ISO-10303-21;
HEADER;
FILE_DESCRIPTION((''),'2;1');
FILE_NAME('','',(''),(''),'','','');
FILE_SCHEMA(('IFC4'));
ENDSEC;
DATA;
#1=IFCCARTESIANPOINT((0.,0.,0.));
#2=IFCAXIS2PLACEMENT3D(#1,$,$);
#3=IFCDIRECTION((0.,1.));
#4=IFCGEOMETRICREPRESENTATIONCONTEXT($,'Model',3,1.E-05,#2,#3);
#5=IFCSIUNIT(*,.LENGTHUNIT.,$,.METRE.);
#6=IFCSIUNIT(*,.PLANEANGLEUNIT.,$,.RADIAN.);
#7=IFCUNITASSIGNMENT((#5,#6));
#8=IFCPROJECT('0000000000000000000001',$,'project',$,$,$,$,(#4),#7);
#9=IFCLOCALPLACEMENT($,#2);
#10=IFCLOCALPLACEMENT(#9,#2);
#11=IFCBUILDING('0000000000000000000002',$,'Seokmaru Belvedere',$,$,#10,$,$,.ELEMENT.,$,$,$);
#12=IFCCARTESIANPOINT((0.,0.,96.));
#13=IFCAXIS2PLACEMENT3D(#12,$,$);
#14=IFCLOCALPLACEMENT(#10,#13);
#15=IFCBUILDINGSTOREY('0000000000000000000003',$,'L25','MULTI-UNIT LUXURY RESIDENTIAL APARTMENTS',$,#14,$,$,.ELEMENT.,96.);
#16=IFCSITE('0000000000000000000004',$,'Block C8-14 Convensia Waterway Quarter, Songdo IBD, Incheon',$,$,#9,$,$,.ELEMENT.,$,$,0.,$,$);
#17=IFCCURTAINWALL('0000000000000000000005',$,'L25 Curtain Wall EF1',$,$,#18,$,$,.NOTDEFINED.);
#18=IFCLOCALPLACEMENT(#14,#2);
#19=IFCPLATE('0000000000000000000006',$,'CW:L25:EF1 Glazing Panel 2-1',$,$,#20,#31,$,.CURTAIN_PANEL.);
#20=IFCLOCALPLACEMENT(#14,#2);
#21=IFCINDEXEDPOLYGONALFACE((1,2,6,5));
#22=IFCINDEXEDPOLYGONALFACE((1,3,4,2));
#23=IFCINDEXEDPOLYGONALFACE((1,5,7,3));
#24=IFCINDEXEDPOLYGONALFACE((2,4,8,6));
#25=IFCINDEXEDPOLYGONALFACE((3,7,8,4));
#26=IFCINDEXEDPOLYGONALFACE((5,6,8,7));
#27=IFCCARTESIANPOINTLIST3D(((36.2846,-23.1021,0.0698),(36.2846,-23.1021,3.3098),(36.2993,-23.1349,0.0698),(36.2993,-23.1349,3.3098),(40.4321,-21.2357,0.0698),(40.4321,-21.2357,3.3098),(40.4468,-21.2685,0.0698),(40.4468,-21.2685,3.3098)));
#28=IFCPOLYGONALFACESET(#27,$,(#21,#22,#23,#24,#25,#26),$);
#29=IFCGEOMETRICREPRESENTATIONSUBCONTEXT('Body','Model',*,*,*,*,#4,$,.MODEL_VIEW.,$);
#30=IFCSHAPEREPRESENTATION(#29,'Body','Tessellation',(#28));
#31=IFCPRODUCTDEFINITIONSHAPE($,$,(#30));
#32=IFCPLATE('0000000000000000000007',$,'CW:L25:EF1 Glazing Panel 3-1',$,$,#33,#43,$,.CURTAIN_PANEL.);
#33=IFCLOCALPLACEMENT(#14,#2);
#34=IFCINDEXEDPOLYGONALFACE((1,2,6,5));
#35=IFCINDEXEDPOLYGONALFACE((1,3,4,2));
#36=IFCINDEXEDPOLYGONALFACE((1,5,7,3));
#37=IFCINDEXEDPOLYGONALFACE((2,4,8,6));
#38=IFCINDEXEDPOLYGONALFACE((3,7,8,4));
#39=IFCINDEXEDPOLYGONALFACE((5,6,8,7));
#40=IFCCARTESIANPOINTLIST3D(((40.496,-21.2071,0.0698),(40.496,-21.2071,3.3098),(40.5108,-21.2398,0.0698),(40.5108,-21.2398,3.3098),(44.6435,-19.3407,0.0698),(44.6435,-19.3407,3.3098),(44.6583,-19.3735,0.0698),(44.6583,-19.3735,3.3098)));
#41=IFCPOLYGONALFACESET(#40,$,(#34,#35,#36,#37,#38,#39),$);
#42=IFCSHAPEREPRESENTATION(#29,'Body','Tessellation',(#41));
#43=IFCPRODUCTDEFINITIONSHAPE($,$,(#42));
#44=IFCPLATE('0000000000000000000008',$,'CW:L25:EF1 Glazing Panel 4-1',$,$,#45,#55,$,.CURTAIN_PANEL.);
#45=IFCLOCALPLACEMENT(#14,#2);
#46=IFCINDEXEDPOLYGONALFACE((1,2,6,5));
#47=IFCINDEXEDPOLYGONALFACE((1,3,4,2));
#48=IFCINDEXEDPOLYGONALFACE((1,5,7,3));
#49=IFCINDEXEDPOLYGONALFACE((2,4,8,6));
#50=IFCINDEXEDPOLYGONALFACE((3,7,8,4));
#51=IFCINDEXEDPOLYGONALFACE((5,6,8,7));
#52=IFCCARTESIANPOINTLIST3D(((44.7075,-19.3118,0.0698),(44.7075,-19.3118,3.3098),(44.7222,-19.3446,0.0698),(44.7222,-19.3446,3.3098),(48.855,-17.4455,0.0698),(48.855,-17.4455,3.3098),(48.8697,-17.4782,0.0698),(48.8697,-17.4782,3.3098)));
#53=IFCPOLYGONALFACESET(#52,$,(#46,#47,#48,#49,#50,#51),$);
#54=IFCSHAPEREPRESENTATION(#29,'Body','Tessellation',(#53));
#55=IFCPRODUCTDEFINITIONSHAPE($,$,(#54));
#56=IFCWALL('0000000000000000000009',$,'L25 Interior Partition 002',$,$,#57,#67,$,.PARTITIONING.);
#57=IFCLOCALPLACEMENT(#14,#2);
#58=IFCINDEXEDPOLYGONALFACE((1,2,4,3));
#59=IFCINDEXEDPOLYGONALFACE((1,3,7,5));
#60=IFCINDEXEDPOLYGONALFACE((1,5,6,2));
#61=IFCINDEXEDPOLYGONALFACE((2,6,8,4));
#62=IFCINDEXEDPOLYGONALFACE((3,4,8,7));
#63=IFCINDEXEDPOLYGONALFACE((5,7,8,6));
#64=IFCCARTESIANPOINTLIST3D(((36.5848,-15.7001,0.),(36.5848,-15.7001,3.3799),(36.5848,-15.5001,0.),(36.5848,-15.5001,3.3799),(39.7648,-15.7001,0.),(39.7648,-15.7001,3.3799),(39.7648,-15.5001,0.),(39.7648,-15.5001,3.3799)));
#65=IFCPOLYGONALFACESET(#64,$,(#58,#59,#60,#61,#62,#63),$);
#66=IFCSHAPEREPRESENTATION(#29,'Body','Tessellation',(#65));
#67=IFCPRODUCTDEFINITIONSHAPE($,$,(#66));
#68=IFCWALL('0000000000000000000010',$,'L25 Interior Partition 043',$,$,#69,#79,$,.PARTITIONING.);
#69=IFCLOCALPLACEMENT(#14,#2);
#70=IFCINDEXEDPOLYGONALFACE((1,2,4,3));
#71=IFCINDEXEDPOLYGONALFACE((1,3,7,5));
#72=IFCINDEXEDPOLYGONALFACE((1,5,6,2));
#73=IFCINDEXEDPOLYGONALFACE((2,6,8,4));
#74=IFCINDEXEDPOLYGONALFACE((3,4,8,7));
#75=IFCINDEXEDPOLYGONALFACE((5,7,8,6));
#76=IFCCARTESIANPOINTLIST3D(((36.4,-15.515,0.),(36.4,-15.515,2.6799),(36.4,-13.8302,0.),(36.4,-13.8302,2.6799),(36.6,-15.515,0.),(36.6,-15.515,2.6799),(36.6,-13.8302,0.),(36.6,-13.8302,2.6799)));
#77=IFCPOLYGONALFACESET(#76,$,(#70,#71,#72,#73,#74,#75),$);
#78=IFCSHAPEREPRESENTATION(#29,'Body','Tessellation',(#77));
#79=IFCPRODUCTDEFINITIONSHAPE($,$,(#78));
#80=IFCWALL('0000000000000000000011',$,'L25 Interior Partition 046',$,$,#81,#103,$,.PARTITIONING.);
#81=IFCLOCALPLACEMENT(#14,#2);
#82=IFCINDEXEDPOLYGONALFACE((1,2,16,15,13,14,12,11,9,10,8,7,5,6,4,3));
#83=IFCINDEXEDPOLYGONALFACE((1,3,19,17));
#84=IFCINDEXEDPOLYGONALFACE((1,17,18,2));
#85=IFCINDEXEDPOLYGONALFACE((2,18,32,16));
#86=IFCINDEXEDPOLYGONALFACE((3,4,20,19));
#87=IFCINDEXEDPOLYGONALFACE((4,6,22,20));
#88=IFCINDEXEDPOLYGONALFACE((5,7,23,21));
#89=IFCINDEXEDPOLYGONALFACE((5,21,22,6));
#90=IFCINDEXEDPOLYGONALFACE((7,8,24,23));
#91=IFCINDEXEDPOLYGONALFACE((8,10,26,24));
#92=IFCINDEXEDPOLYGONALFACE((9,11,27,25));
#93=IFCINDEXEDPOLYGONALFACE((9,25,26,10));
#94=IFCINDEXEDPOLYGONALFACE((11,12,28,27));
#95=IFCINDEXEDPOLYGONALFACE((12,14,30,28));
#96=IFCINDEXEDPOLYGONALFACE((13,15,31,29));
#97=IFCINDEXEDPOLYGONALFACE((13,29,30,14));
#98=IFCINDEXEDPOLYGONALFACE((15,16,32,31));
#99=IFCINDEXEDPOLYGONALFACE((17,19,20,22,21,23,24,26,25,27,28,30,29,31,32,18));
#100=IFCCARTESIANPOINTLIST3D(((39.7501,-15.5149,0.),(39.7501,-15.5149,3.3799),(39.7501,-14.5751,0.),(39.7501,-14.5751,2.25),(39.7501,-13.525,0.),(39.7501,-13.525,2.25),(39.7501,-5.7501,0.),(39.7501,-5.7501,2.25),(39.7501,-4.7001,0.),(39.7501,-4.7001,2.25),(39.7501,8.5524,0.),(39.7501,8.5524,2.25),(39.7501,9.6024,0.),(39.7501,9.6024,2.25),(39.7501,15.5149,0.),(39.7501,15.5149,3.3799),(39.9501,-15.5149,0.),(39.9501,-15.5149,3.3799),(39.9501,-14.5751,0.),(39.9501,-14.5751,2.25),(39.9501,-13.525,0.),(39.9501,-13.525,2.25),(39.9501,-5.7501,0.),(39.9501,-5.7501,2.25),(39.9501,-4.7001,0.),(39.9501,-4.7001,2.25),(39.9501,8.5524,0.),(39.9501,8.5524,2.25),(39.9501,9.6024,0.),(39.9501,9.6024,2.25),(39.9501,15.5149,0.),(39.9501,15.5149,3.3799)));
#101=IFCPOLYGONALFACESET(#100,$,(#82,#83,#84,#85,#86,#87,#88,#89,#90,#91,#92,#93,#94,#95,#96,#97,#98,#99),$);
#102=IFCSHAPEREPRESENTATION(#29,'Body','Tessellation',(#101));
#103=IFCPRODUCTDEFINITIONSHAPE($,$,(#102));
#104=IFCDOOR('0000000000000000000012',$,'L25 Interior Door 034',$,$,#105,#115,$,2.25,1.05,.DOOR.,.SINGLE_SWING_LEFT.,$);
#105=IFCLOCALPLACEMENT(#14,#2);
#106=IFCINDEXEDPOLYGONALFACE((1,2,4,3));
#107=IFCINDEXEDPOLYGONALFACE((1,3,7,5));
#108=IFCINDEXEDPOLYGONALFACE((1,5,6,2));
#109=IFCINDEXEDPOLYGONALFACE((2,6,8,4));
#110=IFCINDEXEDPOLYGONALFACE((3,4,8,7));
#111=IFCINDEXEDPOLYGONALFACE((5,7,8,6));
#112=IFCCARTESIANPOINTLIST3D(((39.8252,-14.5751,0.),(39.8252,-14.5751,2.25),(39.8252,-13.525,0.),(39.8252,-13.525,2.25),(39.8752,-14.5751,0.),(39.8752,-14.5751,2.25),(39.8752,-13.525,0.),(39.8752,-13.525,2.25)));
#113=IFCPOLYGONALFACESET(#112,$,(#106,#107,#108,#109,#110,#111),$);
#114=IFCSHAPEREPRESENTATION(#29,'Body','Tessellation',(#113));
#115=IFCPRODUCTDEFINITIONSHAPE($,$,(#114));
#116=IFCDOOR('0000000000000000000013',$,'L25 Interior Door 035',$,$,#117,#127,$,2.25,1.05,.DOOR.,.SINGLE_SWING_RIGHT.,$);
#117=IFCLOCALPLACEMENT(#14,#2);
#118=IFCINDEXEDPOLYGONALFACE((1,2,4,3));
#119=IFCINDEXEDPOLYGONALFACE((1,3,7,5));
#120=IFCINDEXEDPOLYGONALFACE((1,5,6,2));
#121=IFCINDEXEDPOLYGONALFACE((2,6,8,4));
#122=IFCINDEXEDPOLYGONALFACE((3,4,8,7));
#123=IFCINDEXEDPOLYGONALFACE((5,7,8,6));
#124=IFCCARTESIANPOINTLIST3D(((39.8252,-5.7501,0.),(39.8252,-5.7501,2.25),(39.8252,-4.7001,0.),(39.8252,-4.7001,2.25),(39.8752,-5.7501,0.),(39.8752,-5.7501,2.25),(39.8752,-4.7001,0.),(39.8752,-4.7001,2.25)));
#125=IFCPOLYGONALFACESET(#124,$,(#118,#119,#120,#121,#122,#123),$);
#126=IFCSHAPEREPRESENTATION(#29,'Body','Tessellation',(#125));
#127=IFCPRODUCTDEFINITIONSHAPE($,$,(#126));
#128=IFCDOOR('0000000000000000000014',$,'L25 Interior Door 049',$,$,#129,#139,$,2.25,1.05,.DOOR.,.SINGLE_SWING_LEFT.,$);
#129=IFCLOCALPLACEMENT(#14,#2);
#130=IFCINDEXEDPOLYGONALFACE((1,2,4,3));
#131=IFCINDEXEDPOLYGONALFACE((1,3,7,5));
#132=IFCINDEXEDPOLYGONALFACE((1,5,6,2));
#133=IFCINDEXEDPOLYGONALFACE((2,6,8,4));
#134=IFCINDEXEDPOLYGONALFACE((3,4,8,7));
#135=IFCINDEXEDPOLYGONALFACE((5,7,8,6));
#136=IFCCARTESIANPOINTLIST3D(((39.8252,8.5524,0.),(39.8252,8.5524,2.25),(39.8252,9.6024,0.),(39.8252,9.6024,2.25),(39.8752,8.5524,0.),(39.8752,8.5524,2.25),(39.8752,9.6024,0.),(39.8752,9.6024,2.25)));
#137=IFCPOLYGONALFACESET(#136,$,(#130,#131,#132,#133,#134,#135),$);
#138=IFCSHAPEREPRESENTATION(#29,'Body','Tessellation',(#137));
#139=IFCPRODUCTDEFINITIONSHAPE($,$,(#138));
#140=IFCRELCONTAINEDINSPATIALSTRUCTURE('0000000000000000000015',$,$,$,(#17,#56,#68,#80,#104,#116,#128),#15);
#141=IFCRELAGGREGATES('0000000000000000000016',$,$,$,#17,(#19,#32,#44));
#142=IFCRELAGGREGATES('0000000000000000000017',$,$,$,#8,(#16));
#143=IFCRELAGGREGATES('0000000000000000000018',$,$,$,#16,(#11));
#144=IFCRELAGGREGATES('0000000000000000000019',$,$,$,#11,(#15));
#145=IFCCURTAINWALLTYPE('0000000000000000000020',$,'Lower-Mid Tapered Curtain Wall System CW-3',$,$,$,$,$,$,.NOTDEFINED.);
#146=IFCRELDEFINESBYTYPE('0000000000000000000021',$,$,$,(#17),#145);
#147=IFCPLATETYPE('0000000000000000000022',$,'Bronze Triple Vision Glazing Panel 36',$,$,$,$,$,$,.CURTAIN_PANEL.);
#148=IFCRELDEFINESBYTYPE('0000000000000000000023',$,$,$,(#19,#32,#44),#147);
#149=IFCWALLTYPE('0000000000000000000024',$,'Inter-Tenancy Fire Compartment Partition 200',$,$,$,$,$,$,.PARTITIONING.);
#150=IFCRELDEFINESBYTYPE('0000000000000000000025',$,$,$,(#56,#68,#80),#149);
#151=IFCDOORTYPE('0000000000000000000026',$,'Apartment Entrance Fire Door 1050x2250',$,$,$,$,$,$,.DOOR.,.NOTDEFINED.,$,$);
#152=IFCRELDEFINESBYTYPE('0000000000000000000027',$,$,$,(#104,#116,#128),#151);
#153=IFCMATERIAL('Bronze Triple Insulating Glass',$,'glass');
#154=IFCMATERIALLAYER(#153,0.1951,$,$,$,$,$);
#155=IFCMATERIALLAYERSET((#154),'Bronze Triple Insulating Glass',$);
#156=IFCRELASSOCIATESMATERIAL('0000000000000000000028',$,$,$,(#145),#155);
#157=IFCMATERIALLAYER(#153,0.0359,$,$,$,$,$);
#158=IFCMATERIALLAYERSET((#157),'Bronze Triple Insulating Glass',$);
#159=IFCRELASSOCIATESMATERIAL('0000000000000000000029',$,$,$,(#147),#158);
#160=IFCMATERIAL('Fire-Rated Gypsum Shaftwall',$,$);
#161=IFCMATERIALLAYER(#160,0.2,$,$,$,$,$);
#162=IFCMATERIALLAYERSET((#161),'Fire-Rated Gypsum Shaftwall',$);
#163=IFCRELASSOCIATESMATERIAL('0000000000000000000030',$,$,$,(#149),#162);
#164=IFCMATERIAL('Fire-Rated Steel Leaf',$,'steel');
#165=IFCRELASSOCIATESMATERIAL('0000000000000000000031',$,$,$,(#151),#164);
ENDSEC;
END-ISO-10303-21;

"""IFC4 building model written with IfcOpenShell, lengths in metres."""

from ifc_helpers import new_model, si_unit, direction, frame, frame_2d, origin, origin_2d, place, context, subcontext, project, spatial, rectangle, extrude, source, transform, mapped, material, layer, layer_set, type_object, type_shapes, element, fill, aggregate, save


model = new_model("IFC4")

# Units and contexts
model_context = context("Model", 3, precision=1e-05, world=origin(), true_north=direction((0.0, 1.0)))
body_context = subcontext(model_context, "Body", "Model", "MODEL_VIEW")
ifc_project = project(units=[si_unit("LENGTHUNIT", "METRE"), si_unit("PLANEANGLEUNIT", "RADIAN")], contexts=[model_context])

# Site, building, storey
site_placement = place(None, origin())
site = spatial("IfcSite", under=ifc_project, at=site_placement, Name="Block C8-14 Convensia Waterway Quarter, Songdo IBD, Incheon", CompositionType="ELEMENT", RefElevation=0.0)
building_placement = place(site_placement, origin())
building = spatial("IfcBuilding", under=site, at=building_placement, Name="Seokmaru Belvedere", CompositionType="ELEMENT")
storey_placement = place(building_placement, frame((0.0, 0.0, 96.0)))
storey = spatial("IfcBuildingStorey", under=building, at=storey_placement, Name="L25", Description="MULTI-UNIT LUXURY RESIDENTIAL APARTMENTS", CompositionType="ELEMENT", Elevation=96.0)

# Curtain wall, plates
ifc_material_1 = material(Name="Bronze Triple Insulating Glass", Category="glass")
ifc_layer_1 = layer(ifc_material_1, 0.1951)
ifc_layer_set_1 = layer_set([ifc_layer_1], Name="Bronze Triple Insulating Glass")
curtain_wall_type = type_object("IfcCurtainWallType", Name="Lower-Mid Tapered Curtain Wall System CW-3", PredefinedType="NOTDEFINED", material=ifc_layer_set_1)
curtain_wall_placement = place(storey_placement, origin())
curtain_wall = element("IfcCurtainWall", 1, at=curtain_wall_placement, inside=storey, type_object=curtain_wall_type, Name="L25 Curtain Wall EF1", PredefinedType="NOTDEFINED")
ifc_layer_2 = layer(ifc_material_1, 0.0359)
ifc_layer_set_2 = layer_set([ifc_layer_2], Name="Bronze Triple Insulating Glass")
plate_type = type_object("IfcPlateType", Name="Bronze Triple Vision Glazing Panel 36", PredefinedType="CURTAIN_PANEL", material=ifc_layer_set_2)
shared_shape_1 = source(origin(), body_context, "Body", "SweptSolid", [
    extrude(rectangle(XDim=4.5481, YDim=0.0359, at=origin_2d()), origin(), (0.0, 0.0, 1.0), 3.24),
])
type_shapes(plate_type, [shared_shape_1])
plate_1_placement = place(storey_placement, frame((38.3657, -22.1853, 0.0698), z_axis=(0.0, 0.0, 1.0), x_axis=(0.911921, 0.410366, 0.0)))
plate_1 = element("IfcPlate", 2, at=plate_1_placement, type_object=plate_type, Name="CW:L25:EF1 Glazing Panel 2-1", PredefinedType="CURTAIN_PANEL", context=body_context, shape_type="MappedRepresentation", body=[
    mapped(shared_shape_1, transform((0.0, 0.0, 0.0), scale=1.0)),
])
plate_2_placement = place(storey_placement, frame((42.5771, -20.2903, 0.0698), z_axis=(0.0, 0.0, 1.0), x_axis=(0.911921, 0.410366, 0.0)))
plate_2 = element("IfcPlate", 3, at=plate_2_placement, type_object=plate_type, Name="CW:L25:EF1 Glazing Panel 3-1", PredefinedType="CURTAIN_PANEL", context=body_context, shape_type="MappedRepresentation", body=[
    mapped(shared_shape_1, transform((0.0, 0.0, 0.0), scale=1.0)),
])
plate_3_placement = place(storey_placement, frame((46.7886, -18.395, 0.0698), z_axis=(0.0, 0.0, 1.0), x_axis=(0.911921, 0.410366, 0.0)))
plate_3 = element("IfcPlate", 4, at=plate_3_placement, type_object=plate_type, Name="CW:L25:EF1 Glazing Panel 4-1", PredefinedType="CURTAIN_PANEL", context=body_context, shape_type="MappedRepresentation", body=[
    mapped(shared_shape_1, transform((0.0, 0.0, 0.0), scale=1.0)),
])
aggregate(curtain_wall, [plate_1, plate_2, plate_3])

# Walls
ifc_material_2 = material(Name="Fire-Rated Gypsum Shaftwall")
ifc_layer_3 = layer(ifc_material_2, 0.2)
ifc_layer_set_3 = layer_set([ifc_layer_3], Name="Fire-Rated Gypsum Shaftwall")
wall_type = type_object("IfcWallType", Name="Inter-Tenancy Fire Compartment Partition 200", PredefinedType="PARTITIONING", material=ifc_layer_set_3)
wall_1_placement = place(storey_placement, frame((36.585, -15.6001, 0.0), z_axis=(0.0, 0.0, 1.0), x_axis=(1.0, 0.0, 0.0)))
element("IfcWall", 5, at=wall_1_placement, inside=storey, type_object=wall_type, Name="L25 Interior Partition 002", PredefinedType="PARTITIONING", context=body_context, shape_type="SweptSolid", body=[
    extrude(rectangle(XDim=3.1799, YDim=0.2, at=frame_2d((1.5898, 0.0))), origin(), (0.0, 0.0, 1.0), 3.3799),
])
wall_2_placement = place(storey_placement, frame((36.5, -15.5149, 0.0), z_axis=(0.0, 0.0, 1.0), x_axis=(0.0, 1.0, 0.0)))
element("IfcWall", 6, at=wall_2_placement, inside=storey, type_object=wall_type, Name="L25 Interior Partition 043", PredefinedType="PARTITIONING", context=body_context, shape_type="SweptSolid", body=[
    extrude(rectangle(XDim=1.6848, YDim=0.2, at=frame_2d((0.8423, 0.0))), origin(), (0.0, 0.0, 1.0), 2.6799),
])

# Wall, openings, doors
wall_3_placement = place(storey_placement, frame((39.8501, -15.5149, 0.0), z_axis=(0.0, 0.0, 1.0), x_axis=(0.0, 1.0, 0.0)))
wall_3 = element("IfcWall", 7, at=wall_3_placement, inside=storey, type_object=wall_type, Name="L25 Interior Partition 046", PredefinedType="PARTITIONING", context=body_context, shape_type="SweptSolid", body=[
    extrude(rectangle(XDim=31.0298, YDim=0.2, at=frame_2d((15.5149, 0.0))), origin(), (0.0, 0.0, 1.0), 3.3799),
])
opening_1_placement = place(wall_3_placement, frame((0.9399, 0.0, 0.0)))
opening_1 = element("IfcOpeningElement", 8, at=opening_1_placement, cuts=wall_3, PredefinedType="OPENING", context=body_context, shape_type="SweptSolid", body=[
    extrude(rectangle(XDim=1.05, YDim=2.25, at=frame_2d((0.5249, 1.125))), frame((0.0, 0.1099, 0.0), z_axis=(0.0, -1.0, 0.0), x_axis=(1.0, 0.0, 0.0)), (0.0, 0.0, 1.0), 0.22),
])
opening_2_placement = place(wall_3_placement, frame((9.7649, 0.0, 0.0)))
opening_2 = element("IfcOpeningElement", 9, at=opening_2_placement, cuts=wall_3, PredefinedType="OPENING", context=body_context, shape_type="SweptSolid", body=[
    extrude(rectangle(XDim=1.05, YDim=2.25, at=frame_2d((0.5249, 1.125))), frame((0.0, 0.1099, 0.0), z_axis=(0.0, -1.0, 0.0), x_axis=(1.0, 0.0, 0.0)), (0.0, 0.0, 1.0), 0.22),
])
opening_3_placement = place(wall_3_placement, frame((24.0674, 0.0, 0.0)))
opening_3 = element("IfcOpeningElement", 10, at=opening_3_placement, cuts=wall_3, PredefinedType="OPENING", context=body_context, shape_type="SweptSolid", body=[
    extrude(rectangle(XDim=1.05, YDim=2.25, at=frame_2d((0.5249, 1.125))), frame((0.0, 0.1099, 0.0), z_axis=(0.0, -1.0, 0.0), x_axis=(1.0, 0.0, 0.0)), (0.0, 0.0, 1.0), 0.22),
])
ifc_material_3 = material(Name="Fire-Rated Steel Leaf", Category="steel")
door_type = type_object("IfcDoorType", Name="Apartment Entrance Fire Door 1050x2250", OperationType="NOTDEFINED", PredefinedType="DOOR", material=ifc_material_3)
shared_shape_2 = source(origin(), body_context, "Body", "SweptSolid", [
    extrude(rectangle(XDim=1.05, YDim=2.25, at=frame_2d((0.5249, 1.125))), frame((0.0, 0.0249, 0.0), z_axis=(0.0, -1.0, 0.0), x_axis=(1.0, 0.0, 0.0)), (0.0, 0.0, 1.0), 0.05),
])
type_shapes(door_type, [shared_shape_2])
door_1_placement = place(opening_1_placement, origin())
door_1 = element("IfcDoor", 11, at=door_1_placement, inside=storey, type_object=door_type, Name="L25 Interior Door 034", OperationType="SINGLE_SWING_LEFT", OverallHeight=2.25, OverallWidth=1.05, PredefinedType="DOOR", context=body_context, shape_type="MappedRepresentation", body=[
    mapped(shared_shape_2, transform((0.0, 0.0, 0.0), scale=1.0)),
])
fill(opening_1, door_1)
door_2_placement = place(opening_2_placement, origin())
door_2 = element("IfcDoor", 12, at=door_2_placement, inside=storey, type_object=door_type, Name="L25 Interior Door 035", OperationType="SINGLE_SWING_RIGHT", OverallHeight=2.25, OverallWidth=1.05, PredefinedType="DOOR", context=body_context, shape_type="MappedRepresentation", body=[
    mapped(shared_shape_2, transform((0.0, 0.0, 0.0), scale=1.0)),
])
fill(opening_2, door_2)
door_3_placement = place(opening_3_placement, origin())
door_3 = element("IfcDoor", 13, at=door_3_placement, inside=storey, type_object=door_type, Name="L25 Interior Door 049", OperationType="SINGLE_SWING_LEFT", OverallHeight=2.25, OverallWidth=1.05, PredefinedType="DOOR", context=body_context, shape_type="MappedRepresentation", body=[
    mapped(shared_shape_2, transform((0.0, 0.0, 0.0), scale=1.0)),
])
fill(opening_3, door_3)

save(model, "model.ifc")
